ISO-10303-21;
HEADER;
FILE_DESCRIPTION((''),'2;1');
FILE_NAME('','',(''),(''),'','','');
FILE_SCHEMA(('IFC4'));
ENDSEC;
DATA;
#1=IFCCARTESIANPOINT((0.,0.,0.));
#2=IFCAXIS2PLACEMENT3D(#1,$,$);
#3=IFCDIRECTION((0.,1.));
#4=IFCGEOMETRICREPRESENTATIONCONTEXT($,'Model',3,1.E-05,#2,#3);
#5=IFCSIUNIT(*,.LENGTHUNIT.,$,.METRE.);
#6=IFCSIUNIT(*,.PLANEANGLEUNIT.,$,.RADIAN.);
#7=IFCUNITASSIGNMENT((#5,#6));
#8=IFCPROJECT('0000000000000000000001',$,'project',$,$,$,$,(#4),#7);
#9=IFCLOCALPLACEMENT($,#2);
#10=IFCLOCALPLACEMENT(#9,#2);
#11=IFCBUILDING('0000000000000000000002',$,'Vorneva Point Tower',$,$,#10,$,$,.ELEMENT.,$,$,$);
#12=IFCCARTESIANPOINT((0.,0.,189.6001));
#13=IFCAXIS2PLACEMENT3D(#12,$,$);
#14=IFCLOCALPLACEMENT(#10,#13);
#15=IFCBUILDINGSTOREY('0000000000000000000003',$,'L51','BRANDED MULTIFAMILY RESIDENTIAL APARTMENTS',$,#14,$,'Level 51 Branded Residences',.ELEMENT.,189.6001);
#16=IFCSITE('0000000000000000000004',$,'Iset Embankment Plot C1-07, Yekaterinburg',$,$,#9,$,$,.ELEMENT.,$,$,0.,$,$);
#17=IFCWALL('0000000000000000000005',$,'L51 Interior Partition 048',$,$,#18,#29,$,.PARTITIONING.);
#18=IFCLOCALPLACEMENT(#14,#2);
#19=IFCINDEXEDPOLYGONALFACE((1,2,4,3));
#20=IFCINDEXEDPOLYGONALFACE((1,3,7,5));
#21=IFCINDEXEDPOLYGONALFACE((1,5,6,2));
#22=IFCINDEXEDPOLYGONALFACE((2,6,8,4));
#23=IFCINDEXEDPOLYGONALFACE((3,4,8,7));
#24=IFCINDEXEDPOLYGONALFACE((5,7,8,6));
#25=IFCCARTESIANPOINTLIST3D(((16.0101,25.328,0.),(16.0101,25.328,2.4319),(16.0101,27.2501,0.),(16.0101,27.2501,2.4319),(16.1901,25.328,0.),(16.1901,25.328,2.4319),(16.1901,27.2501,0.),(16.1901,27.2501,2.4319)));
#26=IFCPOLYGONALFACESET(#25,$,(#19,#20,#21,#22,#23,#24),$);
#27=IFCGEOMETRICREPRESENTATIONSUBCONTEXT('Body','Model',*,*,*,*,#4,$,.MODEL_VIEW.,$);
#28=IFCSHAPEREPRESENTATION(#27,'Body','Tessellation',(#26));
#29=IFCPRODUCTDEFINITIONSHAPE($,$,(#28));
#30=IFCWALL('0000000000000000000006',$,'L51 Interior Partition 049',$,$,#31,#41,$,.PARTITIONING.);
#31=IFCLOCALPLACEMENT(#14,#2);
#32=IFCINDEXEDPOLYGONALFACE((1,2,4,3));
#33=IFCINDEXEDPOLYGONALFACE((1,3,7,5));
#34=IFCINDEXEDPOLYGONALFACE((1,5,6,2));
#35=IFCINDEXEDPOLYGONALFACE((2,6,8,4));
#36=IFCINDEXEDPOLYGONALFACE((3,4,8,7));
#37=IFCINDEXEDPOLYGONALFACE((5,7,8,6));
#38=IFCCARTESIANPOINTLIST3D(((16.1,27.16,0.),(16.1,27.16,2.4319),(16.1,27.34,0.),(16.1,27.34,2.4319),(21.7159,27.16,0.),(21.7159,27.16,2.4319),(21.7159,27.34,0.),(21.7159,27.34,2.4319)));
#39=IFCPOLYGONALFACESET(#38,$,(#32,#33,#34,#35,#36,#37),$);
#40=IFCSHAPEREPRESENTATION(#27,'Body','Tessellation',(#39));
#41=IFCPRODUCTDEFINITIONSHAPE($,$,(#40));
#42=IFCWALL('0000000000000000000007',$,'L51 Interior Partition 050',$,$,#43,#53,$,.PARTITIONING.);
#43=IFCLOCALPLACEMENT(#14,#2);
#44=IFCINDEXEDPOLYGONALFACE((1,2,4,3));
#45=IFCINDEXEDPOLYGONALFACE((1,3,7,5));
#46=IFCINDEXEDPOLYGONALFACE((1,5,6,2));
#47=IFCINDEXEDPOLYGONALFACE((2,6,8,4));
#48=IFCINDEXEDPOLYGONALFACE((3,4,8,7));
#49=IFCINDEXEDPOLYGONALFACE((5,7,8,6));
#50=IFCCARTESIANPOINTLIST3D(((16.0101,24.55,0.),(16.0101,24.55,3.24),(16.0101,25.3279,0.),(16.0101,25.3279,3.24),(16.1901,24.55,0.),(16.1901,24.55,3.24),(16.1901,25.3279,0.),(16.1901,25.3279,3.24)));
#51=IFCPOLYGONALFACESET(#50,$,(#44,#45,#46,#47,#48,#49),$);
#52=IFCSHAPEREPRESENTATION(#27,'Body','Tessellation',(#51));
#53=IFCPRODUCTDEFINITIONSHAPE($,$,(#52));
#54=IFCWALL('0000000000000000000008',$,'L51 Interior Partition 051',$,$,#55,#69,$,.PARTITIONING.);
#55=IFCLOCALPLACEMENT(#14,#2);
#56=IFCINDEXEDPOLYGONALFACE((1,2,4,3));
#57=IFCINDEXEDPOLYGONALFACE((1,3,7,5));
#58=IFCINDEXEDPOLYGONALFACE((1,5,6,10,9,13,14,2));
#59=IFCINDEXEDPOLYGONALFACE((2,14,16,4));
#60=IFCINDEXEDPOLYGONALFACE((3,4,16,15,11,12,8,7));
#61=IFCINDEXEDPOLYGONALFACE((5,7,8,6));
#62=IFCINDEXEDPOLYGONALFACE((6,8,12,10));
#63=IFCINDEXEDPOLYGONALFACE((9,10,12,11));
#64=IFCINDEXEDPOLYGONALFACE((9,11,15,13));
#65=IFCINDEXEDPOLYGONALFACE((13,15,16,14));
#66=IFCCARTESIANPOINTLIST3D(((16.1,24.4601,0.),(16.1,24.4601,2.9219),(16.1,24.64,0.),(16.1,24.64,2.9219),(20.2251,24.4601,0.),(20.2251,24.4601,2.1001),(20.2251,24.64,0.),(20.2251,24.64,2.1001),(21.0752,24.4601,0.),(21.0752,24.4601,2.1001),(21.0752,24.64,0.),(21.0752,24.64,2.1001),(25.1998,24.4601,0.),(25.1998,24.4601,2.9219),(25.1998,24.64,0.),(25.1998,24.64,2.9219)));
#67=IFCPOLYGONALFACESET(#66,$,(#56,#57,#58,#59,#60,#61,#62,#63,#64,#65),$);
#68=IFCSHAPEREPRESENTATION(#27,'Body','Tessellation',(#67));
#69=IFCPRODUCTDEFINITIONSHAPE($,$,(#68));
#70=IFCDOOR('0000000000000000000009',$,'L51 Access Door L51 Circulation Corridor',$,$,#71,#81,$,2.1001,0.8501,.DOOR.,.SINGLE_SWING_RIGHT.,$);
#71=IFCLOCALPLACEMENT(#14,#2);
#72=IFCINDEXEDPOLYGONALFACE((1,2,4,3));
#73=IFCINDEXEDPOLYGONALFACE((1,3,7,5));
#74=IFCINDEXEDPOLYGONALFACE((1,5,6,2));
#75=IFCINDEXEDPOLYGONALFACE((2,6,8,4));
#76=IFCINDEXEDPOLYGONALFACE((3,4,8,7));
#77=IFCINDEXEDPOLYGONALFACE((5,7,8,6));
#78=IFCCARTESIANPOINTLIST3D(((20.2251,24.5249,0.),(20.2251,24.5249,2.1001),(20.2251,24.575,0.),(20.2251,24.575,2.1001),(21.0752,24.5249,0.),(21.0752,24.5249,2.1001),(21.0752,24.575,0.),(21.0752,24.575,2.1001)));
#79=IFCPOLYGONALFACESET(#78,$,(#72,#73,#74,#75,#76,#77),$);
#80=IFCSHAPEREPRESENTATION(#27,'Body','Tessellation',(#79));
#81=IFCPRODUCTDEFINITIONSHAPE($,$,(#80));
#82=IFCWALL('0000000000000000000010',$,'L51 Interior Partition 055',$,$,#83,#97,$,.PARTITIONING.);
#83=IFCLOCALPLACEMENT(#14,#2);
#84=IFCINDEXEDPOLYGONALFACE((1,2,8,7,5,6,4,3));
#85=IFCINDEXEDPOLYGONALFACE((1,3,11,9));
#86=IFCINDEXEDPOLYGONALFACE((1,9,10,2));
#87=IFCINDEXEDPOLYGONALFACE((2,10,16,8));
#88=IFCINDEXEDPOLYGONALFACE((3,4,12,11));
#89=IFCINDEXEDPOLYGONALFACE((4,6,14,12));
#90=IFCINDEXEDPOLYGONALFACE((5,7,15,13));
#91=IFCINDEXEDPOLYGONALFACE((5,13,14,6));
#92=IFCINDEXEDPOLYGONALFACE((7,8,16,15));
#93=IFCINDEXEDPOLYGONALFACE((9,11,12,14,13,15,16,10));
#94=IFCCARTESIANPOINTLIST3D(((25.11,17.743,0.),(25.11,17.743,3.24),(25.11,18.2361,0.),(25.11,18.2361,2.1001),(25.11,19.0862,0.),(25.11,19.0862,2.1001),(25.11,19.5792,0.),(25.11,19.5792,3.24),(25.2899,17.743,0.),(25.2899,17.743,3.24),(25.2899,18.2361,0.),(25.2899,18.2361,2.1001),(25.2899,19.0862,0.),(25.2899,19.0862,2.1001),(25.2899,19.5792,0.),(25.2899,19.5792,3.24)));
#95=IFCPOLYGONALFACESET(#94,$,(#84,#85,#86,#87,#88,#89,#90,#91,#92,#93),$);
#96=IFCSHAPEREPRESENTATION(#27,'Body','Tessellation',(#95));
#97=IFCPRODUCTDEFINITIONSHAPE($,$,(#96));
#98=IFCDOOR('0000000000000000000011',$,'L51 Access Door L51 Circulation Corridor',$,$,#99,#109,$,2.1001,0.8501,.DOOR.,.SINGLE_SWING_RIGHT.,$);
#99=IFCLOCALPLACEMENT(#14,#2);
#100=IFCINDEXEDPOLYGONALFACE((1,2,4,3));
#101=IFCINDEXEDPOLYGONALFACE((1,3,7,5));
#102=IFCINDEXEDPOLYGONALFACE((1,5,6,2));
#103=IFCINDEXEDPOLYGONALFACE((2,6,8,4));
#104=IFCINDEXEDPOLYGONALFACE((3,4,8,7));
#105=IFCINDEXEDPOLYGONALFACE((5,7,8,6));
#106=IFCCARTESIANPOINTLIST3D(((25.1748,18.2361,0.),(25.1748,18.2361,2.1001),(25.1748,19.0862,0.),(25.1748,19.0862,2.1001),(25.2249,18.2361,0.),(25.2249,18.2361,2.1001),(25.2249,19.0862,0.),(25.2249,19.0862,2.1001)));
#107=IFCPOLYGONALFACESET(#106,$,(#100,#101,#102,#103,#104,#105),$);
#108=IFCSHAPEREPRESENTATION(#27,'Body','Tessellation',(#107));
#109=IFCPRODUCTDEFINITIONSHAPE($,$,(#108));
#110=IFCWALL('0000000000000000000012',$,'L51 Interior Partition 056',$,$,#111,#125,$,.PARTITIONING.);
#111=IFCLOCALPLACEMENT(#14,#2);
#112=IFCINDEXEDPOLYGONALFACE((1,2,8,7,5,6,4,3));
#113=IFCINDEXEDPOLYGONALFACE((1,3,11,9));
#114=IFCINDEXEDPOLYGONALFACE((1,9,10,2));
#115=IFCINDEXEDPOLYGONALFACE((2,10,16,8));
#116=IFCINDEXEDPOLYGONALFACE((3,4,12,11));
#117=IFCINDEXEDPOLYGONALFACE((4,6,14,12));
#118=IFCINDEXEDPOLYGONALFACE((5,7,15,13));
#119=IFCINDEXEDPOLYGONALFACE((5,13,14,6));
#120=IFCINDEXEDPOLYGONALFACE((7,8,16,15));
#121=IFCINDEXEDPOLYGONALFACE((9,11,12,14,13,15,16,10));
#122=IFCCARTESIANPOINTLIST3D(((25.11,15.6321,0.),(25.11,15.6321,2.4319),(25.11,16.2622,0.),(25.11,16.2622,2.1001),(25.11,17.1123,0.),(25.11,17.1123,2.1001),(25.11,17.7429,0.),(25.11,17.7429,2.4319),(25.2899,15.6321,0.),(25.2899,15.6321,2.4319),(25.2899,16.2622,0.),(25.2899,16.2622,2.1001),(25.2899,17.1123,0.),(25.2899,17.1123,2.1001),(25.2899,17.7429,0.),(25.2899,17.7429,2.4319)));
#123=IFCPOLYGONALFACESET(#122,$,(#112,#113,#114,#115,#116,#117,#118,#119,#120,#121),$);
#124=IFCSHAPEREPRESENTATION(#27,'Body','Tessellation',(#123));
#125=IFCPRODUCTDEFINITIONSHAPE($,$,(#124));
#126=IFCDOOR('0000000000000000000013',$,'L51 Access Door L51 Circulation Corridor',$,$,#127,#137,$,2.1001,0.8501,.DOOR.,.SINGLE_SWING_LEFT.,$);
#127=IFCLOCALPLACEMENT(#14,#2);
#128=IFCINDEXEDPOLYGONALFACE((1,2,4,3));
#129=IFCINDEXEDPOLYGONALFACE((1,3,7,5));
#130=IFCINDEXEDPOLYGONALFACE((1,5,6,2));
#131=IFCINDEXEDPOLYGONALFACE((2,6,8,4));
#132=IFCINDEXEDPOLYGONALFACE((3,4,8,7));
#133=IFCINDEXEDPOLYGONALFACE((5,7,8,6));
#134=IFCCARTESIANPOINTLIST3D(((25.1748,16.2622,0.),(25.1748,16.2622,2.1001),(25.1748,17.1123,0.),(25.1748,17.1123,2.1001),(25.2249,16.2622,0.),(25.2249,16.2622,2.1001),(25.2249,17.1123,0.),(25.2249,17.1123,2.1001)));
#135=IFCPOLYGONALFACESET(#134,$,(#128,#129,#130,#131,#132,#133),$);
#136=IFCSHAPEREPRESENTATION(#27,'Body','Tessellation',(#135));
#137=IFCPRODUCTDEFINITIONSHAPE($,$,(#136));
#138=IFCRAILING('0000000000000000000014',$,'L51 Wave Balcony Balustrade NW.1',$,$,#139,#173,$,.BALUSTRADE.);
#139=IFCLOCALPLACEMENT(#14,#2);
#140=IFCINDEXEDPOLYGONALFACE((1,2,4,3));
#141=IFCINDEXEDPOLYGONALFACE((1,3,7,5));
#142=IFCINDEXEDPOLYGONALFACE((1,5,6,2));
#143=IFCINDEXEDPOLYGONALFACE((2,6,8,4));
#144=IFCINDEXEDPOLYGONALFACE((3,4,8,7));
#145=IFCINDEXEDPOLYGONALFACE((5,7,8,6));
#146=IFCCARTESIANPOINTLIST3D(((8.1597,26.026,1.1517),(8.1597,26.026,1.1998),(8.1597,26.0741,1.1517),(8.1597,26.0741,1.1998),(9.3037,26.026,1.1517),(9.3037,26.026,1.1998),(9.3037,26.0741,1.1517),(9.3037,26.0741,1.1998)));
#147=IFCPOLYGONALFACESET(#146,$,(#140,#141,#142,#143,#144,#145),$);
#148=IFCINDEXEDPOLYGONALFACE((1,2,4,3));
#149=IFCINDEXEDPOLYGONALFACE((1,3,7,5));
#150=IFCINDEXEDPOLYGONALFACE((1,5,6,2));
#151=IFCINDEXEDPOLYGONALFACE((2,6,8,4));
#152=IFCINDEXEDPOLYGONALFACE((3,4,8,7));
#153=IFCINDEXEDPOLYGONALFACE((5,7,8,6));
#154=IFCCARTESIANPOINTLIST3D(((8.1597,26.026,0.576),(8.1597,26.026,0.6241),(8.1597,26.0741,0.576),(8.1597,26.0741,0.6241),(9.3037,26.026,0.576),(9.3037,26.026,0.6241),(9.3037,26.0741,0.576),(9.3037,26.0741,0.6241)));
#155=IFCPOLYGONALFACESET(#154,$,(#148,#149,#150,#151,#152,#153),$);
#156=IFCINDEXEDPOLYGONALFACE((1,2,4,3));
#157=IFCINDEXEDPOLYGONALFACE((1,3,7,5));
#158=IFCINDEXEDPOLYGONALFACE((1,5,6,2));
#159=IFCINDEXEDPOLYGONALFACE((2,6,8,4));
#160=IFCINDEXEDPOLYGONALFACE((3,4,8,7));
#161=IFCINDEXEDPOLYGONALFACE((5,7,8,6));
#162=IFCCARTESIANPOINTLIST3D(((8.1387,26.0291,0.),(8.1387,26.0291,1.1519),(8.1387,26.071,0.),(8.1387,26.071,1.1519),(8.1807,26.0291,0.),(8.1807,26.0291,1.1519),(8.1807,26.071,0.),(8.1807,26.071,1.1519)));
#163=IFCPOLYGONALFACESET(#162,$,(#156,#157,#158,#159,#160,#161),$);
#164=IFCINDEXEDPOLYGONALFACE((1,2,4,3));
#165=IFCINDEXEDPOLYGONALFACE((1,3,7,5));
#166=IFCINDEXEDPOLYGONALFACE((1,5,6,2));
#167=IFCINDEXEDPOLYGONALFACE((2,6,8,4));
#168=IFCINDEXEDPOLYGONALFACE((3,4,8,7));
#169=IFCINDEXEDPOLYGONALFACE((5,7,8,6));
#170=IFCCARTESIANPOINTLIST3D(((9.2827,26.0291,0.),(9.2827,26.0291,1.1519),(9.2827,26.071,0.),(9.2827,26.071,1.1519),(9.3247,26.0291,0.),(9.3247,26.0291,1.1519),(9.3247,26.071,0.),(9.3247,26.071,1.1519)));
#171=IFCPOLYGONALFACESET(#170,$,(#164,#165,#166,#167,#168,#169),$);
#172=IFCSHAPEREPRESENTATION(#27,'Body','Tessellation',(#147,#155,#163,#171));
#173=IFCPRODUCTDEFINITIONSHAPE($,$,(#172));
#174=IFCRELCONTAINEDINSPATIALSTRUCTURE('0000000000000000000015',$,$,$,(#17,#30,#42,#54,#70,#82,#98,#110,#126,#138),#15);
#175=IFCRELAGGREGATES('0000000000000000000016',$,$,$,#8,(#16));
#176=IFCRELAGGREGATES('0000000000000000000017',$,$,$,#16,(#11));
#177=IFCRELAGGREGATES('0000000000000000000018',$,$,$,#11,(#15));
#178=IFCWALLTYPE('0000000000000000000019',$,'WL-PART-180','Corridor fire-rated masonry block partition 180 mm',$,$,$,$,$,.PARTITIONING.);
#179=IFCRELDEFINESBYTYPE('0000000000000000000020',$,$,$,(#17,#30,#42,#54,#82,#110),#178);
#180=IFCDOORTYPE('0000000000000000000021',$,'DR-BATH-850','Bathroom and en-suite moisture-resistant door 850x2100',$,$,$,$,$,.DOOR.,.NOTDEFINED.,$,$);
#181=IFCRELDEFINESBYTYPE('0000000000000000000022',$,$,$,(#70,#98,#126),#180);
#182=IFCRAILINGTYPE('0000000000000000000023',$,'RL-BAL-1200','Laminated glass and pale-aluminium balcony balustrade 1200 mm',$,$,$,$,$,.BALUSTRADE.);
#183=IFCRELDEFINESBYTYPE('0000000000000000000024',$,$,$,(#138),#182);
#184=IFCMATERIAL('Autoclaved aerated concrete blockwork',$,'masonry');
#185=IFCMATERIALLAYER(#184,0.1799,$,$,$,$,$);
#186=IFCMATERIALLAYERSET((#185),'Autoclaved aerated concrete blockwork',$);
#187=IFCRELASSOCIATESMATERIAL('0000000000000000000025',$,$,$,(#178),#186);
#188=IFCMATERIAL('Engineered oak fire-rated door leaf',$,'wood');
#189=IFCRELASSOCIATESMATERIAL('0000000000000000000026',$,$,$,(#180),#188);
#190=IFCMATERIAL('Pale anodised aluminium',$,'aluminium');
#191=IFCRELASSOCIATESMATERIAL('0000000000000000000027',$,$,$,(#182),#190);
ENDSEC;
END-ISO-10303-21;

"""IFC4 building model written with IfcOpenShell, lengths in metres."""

from ifc_helpers import new_model, si_unit, direction, frame, frame_2d, origin, origin_2d, place, context, subcontext, project, spatial, rectangle, extrude, material, layer, layer_set, type_object, element, fill, save


model = new_model("IFC4")

# Units and contexts
model_context = context("Model", 3, precision=1e-05, world=origin(), true_north=direction((0.0, 1.0)))
body_context = subcontext(model_context, "Body", "Model", "MODEL_VIEW")
ifc_project = project(units=[si_unit("LENGTHUNIT", "METRE"), si_unit("PLANEANGLEUNIT", "RADIAN")], contexts=[model_context])

# Site, building, storey
site_placement = place(None, origin())
site = spatial("IfcSite", under=ifc_project, at=site_placement, Name="Iset Embankment Plot C1-07, Yekaterinburg", CompositionType="ELEMENT", RefElevation=0.0)
building_placement = place(site_placement, origin())
building = spatial("IfcBuilding", under=site, at=building_placement, Name="Vorneva Point Tower", CompositionType="ELEMENT")
storey_placement = place(building_placement, frame((0.0, 0.0, 189.6001)))
storey = spatial("IfcBuildingStorey", under=building, at=storey_placement, Name="L51", Description="BRANDED MULTIFAMILY RESIDENTIAL APARTMENTS", LongName="Level 51 Branded Residences", CompositionType="ELEMENT", Elevation=189.6001)

# Shared definitions
ifc_material_1 = material(Name="Pale anodised aluminium", Category="aluminium")

# Walls
ifc_material_2 = material(Name="Autoclaved aerated concrete blockwork", Category="masonry")
ifc_layer_1 = layer(ifc_material_2, 0.1799)
ifc_layer_set_1 = layer_set([ifc_layer_1], Name="Autoclaved aerated concrete blockwork")
wall_type_1 = type_object("IfcWallType", Name="WL-PART-180", Description="Corridor fire-rated masonry block partition 180 mm", PredefinedType="PARTITIONING", material=ifc_layer_set_1)
wall_1_placement = place(storey_placement, frame((16.1001, 27.25, 0.0), z_axis=(0.0, 0.0, 1.0), x_axis=(0.0, -1.0, 0.0)))
element("IfcWall", 1, at=wall_1_placement, inside=storey, type_object=wall_type_1, Name="L51 Interior Partition 048", PredefinedType="PARTITIONING", context=body_context, shape_type="SweptSolid", body=[
    extrude(rectangle(XDim=1.9221, YDim=0.1799, at=frame_2d((0.9609, 0.0))), origin(), (0.0, 0.0, 1.0), 2.4319),
])
wall_2_placement = place(storey_placement, frame((21.7161, 27.25, 0.0), z_axis=(0.0, 0.0, 1.0), x_axis=(-1.0, 0.0, 0.0)))
element("IfcWall", 2, at=wall_2_placement, inside=storey, type_object=wall_type_1, Name="L51 Interior Partition 049", PredefinedType="PARTITIONING", context=body_context, shape_type="SweptSolid", body=[
    extrude(rectangle(XDim=5.616, YDim=0.1799, at=frame_2d((2.8081, 0.0))), origin(), (0.0, 0.0, 1.0), 2.4319),
])
wall_3_placement = place(storey_placement, frame((16.1001, 25.3279, 0.0), z_axis=(0.0, 0.0, 1.0), x_axis=(0.0, -1.0, 0.0)))
element("IfcWall", 3, at=wall_3_placement, inside=storey, type_object=wall_type_1, Name="L51 Interior Partition 050", PredefinedType="PARTITIONING", context=body_context, shape_type="SweptSolid", body=[
    extrude(rectangle(XDim=0.7778, YDim=0.1799, at=frame_2d((0.3889, 0.0))), origin(), (0.0, 0.0, 1.0), 3.24),
])

# Walls, openings, doors
wall_4_placement = place(storey_placement, frame((16.1001, 24.55, 0.0), z_axis=(0.0, 0.0, 1.0), x_axis=(1.0, 0.0, 0.0)))
wall_4 = element("IfcWall", 4, at=wall_4_placement, inside=storey, type_object=wall_type_1, Name="L51 Interior Partition 051", PredefinedType="PARTITIONING", context=body_context, shape_type="SweptSolid", body=[
    extrude(rectangle(XDim=9.0999, YDim=0.1799, at=frame_2d((4.5498, 0.0))), origin(), (0.0, 0.0, 1.0), 2.9219),
])
opening_1_placement = place(wall_4_placement, frame((4.125, 0.0, 0.0)))
opening_1 = element("IfcOpeningElement", 5, at=opening_1_placement, cuts=wall_4, PredefinedType="OPENING", context=body_context, shape_type="SweptSolid", body=[
    extrude(rectangle(XDim=0.8501, YDim=2.1001, at=frame_2d((0.425, 1.05))), frame((0.0, 0.105, 0.0), z_axis=(0.0, -1.0, 0.0), x_axis=(1.0, 0.0, 0.0)), (0.0, 0.0, 1.0), 0.2097),
])
ifc_material_3 = material(Name="Engineered oak fire-rated door leaf", Category="wood")
door_type = type_object("IfcDoorType", Name="DR-BATH-850", Description="Bathroom and en-suite moisture-resistant door 850x2100", OperationType="NOTDEFINED", PredefinedType="DOOR", material=ifc_material_3)
door_1_placement = place(opening_1_placement, origin())
door_1 = element("IfcDoor", 6, at=door_1_placement, inside=storey, type_object=door_type, Name="L51 Access Door L51 Circulation Corridor", OperationType="SINGLE_SWING_RIGHT", OverallHeight=2.1001, OverallWidth=0.8501, PredefinedType="DOOR", context=body_context, shape_type="SweptSolid", body=[
    extrude(rectangle(XDim=0.8501, YDim=2.1001, at=frame_2d((0.425, 1.05))), frame((0.0, 0.0249, 0.0), z_axis=(0.0, -1.0, 0.0), x_axis=(1.0, 0.0, 0.0)), (0.0, 0.0, 1.0), 0.05),
])
fill(opening_1, door_1)
wall_5_placement = place(storey_placement, frame((25.2, 19.5791, 0.0), z_axis=(0.0, 0.0, 1.0), x_axis=(0.0, -1.0, 0.0)))
wall_5 = element("IfcWall", 7, at=wall_5_placement, inside=storey, type_object=wall_type_1, Name="L51 Interior Partition 055", PredefinedType="PARTITIONING", context=body_context, shape_type="SweptSolid", body=[
    extrude(rectangle(XDim=1.8362, YDim=0.1799, at=frame_2d((0.918, 0.0))), origin(), (0.0, 0.0, 1.0), 3.24),
])
opening_2_placement = place(wall_5_placement, frame((0.4929, 0.0, 0.0)))
opening_2 = element("IfcOpeningElement", 8, at=opening_2_placement, cuts=wall_5, PredefinedType="OPENING", context=body_context, shape_type="SweptSolid", body=[
    extrude(rectangle(XDim=0.8501, YDim=2.1001, at=frame_2d((0.425, 1.05))), frame((0.0, 0.105, 0.0), z_axis=(0.0, -1.0, 0.0), x_axis=(1.0, 0.0, 0.0)), (0.0, 0.0, 1.0), 0.2097),
])
door_2_placement = place(opening_2_placement, origin())
door_2 = element("IfcDoor", 9, at=door_2_placement, inside=storey, type_object=door_type, Name="L51 Access Door L51 Circulation Corridor", OperationType="SINGLE_SWING_RIGHT", OverallHeight=2.1001, OverallWidth=0.8501, PredefinedType="DOOR", context=body_context, shape_type="SweptSolid", body=[
    extrude(rectangle(XDim=0.8501, YDim=2.1001, at=frame_2d((0.425, 1.05))), frame((0.0, 0.0249, 0.0), z_axis=(0.0, -1.0, 0.0), x_axis=(1.0, 0.0, 0.0)), (0.0, 0.0, 1.0), 0.05),
])
fill(opening_2, door_2)
wall_6_placement = place(storey_placement, frame((25.2, 17.7429, 0.0), z_axis=(0.0, 0.0, 1.0), x_axis=(0.0, -1.0, 0.0)))
wall_6 = element("IfcWall", 10, at=wall_6_placement, inside=storey, type_object=wall_type_1, Name="L51 Interior Partition 056", PredefinedType="PARTITIONING", context=body_context, shape_type="SweptSolid", body=[
    extrude(rectangle(XDim=2.1108, YDim=0.1799, at=frame_2d((1.0554, 0.0))), origin(), (0.0, 0.0, 1.0), 2.4319),
])
opening_3_placement = place(wall_6_placement, frame((0.6306, 0.0, 0.0)))
opening_3 = element("IfcOpeningElement", 11, at=opening_3_placement, cuts=wall_6, PredefinedType="OPENING", context=body_context, shape_type="SweptSolid", body=[
    extrude(rectangle(XDim=0.8501, YDim=2.1001, at=frame_2d((0.425, 1.05))), frame((0.0, 0.105, 0.0), z_axis=(0.0, -1.0, 0.0), x_axis=(1.0, 0.0, 0.0)), (0.0, 0.0, 1.0), 0.2097),
])
door_3_placement = place(opening_3_placement, origin())
door_3 = element("IfcDoor", 12, at=door_3_placement, inside=storey, type_object=door_type, Name="L51 Access Door L51 Circulation Corridor", OperationType="SINGLE_SWING_LEFT", OverallHeight=2.1001, OverallWidth=0.8501, PredefinedType="DOOR", context=body_context, shape_type="SweptSolid", body=[
    extrude(rectangle(XDim=0.8501, YDim=2.1001, at=frame_2d((0.425, 1.05))), frame((0.0, 0.0249, 0.0), z_axis=(0.0, -1.0, 0.0), x_axis=(1.0, 0.0, 0.0)), (0.0, 0.0, 1.0), 0.05),
])
fill(opening_3, door_3)

# Railing
railing_type = type_object("IfcRailingType", Name="RL-BAL-1200", Description="Laminated glass and pale-aluminium balcony balustrade 1200 mm", PredefinedType="BALUSTRADE", material=ifc_material_1)
railing_placement = place(storey_placement, frame((8.1597, 26.05, 0.0)))
element("IfcRailing", 13, at=railing_placement, inside=storey, type_object=railing_type, Name="L51 Wave Balcony Balustrade NW.1", PredefinedType="BALUSTRADE", context=body_context, shape_type="SweptSolid", body=[
    extrude(rectangle(XDim=0.0481, YDim=0.0481, at=origin_2d()), frame((0.0, 0.0, 1.1758), z_axis=(1.0, 0.0, 0.0), x_axis=(0.0, 1.0, 0.0)), (0.0, 0.0, 1.0), 1.144),
    extrude(rectangle(XDim=0.0481, YDim=0.0481, at=origin_2d()), frame((0.0, 0.0, 0.6001), z_axis=(1.0, 0.0, 0.0), x_axis=(0.0, 1.0, 0.0)), (0.0, 0.0, 1.0), 1.144),
    extrude(rectangle(XDim=0.042, YDim=0.042, at=origin_2d()), origin(), (0.0, 0.0, 1.0), 1.1519),
    extrude(rectangle(XDim=0.042, YDim=0.042, at=origin_2d()), frame((1.144, 0.0, 0.0)), (0.0, 0.0, 1.0), 1.1519),
])

save(model, "model.ifc")
